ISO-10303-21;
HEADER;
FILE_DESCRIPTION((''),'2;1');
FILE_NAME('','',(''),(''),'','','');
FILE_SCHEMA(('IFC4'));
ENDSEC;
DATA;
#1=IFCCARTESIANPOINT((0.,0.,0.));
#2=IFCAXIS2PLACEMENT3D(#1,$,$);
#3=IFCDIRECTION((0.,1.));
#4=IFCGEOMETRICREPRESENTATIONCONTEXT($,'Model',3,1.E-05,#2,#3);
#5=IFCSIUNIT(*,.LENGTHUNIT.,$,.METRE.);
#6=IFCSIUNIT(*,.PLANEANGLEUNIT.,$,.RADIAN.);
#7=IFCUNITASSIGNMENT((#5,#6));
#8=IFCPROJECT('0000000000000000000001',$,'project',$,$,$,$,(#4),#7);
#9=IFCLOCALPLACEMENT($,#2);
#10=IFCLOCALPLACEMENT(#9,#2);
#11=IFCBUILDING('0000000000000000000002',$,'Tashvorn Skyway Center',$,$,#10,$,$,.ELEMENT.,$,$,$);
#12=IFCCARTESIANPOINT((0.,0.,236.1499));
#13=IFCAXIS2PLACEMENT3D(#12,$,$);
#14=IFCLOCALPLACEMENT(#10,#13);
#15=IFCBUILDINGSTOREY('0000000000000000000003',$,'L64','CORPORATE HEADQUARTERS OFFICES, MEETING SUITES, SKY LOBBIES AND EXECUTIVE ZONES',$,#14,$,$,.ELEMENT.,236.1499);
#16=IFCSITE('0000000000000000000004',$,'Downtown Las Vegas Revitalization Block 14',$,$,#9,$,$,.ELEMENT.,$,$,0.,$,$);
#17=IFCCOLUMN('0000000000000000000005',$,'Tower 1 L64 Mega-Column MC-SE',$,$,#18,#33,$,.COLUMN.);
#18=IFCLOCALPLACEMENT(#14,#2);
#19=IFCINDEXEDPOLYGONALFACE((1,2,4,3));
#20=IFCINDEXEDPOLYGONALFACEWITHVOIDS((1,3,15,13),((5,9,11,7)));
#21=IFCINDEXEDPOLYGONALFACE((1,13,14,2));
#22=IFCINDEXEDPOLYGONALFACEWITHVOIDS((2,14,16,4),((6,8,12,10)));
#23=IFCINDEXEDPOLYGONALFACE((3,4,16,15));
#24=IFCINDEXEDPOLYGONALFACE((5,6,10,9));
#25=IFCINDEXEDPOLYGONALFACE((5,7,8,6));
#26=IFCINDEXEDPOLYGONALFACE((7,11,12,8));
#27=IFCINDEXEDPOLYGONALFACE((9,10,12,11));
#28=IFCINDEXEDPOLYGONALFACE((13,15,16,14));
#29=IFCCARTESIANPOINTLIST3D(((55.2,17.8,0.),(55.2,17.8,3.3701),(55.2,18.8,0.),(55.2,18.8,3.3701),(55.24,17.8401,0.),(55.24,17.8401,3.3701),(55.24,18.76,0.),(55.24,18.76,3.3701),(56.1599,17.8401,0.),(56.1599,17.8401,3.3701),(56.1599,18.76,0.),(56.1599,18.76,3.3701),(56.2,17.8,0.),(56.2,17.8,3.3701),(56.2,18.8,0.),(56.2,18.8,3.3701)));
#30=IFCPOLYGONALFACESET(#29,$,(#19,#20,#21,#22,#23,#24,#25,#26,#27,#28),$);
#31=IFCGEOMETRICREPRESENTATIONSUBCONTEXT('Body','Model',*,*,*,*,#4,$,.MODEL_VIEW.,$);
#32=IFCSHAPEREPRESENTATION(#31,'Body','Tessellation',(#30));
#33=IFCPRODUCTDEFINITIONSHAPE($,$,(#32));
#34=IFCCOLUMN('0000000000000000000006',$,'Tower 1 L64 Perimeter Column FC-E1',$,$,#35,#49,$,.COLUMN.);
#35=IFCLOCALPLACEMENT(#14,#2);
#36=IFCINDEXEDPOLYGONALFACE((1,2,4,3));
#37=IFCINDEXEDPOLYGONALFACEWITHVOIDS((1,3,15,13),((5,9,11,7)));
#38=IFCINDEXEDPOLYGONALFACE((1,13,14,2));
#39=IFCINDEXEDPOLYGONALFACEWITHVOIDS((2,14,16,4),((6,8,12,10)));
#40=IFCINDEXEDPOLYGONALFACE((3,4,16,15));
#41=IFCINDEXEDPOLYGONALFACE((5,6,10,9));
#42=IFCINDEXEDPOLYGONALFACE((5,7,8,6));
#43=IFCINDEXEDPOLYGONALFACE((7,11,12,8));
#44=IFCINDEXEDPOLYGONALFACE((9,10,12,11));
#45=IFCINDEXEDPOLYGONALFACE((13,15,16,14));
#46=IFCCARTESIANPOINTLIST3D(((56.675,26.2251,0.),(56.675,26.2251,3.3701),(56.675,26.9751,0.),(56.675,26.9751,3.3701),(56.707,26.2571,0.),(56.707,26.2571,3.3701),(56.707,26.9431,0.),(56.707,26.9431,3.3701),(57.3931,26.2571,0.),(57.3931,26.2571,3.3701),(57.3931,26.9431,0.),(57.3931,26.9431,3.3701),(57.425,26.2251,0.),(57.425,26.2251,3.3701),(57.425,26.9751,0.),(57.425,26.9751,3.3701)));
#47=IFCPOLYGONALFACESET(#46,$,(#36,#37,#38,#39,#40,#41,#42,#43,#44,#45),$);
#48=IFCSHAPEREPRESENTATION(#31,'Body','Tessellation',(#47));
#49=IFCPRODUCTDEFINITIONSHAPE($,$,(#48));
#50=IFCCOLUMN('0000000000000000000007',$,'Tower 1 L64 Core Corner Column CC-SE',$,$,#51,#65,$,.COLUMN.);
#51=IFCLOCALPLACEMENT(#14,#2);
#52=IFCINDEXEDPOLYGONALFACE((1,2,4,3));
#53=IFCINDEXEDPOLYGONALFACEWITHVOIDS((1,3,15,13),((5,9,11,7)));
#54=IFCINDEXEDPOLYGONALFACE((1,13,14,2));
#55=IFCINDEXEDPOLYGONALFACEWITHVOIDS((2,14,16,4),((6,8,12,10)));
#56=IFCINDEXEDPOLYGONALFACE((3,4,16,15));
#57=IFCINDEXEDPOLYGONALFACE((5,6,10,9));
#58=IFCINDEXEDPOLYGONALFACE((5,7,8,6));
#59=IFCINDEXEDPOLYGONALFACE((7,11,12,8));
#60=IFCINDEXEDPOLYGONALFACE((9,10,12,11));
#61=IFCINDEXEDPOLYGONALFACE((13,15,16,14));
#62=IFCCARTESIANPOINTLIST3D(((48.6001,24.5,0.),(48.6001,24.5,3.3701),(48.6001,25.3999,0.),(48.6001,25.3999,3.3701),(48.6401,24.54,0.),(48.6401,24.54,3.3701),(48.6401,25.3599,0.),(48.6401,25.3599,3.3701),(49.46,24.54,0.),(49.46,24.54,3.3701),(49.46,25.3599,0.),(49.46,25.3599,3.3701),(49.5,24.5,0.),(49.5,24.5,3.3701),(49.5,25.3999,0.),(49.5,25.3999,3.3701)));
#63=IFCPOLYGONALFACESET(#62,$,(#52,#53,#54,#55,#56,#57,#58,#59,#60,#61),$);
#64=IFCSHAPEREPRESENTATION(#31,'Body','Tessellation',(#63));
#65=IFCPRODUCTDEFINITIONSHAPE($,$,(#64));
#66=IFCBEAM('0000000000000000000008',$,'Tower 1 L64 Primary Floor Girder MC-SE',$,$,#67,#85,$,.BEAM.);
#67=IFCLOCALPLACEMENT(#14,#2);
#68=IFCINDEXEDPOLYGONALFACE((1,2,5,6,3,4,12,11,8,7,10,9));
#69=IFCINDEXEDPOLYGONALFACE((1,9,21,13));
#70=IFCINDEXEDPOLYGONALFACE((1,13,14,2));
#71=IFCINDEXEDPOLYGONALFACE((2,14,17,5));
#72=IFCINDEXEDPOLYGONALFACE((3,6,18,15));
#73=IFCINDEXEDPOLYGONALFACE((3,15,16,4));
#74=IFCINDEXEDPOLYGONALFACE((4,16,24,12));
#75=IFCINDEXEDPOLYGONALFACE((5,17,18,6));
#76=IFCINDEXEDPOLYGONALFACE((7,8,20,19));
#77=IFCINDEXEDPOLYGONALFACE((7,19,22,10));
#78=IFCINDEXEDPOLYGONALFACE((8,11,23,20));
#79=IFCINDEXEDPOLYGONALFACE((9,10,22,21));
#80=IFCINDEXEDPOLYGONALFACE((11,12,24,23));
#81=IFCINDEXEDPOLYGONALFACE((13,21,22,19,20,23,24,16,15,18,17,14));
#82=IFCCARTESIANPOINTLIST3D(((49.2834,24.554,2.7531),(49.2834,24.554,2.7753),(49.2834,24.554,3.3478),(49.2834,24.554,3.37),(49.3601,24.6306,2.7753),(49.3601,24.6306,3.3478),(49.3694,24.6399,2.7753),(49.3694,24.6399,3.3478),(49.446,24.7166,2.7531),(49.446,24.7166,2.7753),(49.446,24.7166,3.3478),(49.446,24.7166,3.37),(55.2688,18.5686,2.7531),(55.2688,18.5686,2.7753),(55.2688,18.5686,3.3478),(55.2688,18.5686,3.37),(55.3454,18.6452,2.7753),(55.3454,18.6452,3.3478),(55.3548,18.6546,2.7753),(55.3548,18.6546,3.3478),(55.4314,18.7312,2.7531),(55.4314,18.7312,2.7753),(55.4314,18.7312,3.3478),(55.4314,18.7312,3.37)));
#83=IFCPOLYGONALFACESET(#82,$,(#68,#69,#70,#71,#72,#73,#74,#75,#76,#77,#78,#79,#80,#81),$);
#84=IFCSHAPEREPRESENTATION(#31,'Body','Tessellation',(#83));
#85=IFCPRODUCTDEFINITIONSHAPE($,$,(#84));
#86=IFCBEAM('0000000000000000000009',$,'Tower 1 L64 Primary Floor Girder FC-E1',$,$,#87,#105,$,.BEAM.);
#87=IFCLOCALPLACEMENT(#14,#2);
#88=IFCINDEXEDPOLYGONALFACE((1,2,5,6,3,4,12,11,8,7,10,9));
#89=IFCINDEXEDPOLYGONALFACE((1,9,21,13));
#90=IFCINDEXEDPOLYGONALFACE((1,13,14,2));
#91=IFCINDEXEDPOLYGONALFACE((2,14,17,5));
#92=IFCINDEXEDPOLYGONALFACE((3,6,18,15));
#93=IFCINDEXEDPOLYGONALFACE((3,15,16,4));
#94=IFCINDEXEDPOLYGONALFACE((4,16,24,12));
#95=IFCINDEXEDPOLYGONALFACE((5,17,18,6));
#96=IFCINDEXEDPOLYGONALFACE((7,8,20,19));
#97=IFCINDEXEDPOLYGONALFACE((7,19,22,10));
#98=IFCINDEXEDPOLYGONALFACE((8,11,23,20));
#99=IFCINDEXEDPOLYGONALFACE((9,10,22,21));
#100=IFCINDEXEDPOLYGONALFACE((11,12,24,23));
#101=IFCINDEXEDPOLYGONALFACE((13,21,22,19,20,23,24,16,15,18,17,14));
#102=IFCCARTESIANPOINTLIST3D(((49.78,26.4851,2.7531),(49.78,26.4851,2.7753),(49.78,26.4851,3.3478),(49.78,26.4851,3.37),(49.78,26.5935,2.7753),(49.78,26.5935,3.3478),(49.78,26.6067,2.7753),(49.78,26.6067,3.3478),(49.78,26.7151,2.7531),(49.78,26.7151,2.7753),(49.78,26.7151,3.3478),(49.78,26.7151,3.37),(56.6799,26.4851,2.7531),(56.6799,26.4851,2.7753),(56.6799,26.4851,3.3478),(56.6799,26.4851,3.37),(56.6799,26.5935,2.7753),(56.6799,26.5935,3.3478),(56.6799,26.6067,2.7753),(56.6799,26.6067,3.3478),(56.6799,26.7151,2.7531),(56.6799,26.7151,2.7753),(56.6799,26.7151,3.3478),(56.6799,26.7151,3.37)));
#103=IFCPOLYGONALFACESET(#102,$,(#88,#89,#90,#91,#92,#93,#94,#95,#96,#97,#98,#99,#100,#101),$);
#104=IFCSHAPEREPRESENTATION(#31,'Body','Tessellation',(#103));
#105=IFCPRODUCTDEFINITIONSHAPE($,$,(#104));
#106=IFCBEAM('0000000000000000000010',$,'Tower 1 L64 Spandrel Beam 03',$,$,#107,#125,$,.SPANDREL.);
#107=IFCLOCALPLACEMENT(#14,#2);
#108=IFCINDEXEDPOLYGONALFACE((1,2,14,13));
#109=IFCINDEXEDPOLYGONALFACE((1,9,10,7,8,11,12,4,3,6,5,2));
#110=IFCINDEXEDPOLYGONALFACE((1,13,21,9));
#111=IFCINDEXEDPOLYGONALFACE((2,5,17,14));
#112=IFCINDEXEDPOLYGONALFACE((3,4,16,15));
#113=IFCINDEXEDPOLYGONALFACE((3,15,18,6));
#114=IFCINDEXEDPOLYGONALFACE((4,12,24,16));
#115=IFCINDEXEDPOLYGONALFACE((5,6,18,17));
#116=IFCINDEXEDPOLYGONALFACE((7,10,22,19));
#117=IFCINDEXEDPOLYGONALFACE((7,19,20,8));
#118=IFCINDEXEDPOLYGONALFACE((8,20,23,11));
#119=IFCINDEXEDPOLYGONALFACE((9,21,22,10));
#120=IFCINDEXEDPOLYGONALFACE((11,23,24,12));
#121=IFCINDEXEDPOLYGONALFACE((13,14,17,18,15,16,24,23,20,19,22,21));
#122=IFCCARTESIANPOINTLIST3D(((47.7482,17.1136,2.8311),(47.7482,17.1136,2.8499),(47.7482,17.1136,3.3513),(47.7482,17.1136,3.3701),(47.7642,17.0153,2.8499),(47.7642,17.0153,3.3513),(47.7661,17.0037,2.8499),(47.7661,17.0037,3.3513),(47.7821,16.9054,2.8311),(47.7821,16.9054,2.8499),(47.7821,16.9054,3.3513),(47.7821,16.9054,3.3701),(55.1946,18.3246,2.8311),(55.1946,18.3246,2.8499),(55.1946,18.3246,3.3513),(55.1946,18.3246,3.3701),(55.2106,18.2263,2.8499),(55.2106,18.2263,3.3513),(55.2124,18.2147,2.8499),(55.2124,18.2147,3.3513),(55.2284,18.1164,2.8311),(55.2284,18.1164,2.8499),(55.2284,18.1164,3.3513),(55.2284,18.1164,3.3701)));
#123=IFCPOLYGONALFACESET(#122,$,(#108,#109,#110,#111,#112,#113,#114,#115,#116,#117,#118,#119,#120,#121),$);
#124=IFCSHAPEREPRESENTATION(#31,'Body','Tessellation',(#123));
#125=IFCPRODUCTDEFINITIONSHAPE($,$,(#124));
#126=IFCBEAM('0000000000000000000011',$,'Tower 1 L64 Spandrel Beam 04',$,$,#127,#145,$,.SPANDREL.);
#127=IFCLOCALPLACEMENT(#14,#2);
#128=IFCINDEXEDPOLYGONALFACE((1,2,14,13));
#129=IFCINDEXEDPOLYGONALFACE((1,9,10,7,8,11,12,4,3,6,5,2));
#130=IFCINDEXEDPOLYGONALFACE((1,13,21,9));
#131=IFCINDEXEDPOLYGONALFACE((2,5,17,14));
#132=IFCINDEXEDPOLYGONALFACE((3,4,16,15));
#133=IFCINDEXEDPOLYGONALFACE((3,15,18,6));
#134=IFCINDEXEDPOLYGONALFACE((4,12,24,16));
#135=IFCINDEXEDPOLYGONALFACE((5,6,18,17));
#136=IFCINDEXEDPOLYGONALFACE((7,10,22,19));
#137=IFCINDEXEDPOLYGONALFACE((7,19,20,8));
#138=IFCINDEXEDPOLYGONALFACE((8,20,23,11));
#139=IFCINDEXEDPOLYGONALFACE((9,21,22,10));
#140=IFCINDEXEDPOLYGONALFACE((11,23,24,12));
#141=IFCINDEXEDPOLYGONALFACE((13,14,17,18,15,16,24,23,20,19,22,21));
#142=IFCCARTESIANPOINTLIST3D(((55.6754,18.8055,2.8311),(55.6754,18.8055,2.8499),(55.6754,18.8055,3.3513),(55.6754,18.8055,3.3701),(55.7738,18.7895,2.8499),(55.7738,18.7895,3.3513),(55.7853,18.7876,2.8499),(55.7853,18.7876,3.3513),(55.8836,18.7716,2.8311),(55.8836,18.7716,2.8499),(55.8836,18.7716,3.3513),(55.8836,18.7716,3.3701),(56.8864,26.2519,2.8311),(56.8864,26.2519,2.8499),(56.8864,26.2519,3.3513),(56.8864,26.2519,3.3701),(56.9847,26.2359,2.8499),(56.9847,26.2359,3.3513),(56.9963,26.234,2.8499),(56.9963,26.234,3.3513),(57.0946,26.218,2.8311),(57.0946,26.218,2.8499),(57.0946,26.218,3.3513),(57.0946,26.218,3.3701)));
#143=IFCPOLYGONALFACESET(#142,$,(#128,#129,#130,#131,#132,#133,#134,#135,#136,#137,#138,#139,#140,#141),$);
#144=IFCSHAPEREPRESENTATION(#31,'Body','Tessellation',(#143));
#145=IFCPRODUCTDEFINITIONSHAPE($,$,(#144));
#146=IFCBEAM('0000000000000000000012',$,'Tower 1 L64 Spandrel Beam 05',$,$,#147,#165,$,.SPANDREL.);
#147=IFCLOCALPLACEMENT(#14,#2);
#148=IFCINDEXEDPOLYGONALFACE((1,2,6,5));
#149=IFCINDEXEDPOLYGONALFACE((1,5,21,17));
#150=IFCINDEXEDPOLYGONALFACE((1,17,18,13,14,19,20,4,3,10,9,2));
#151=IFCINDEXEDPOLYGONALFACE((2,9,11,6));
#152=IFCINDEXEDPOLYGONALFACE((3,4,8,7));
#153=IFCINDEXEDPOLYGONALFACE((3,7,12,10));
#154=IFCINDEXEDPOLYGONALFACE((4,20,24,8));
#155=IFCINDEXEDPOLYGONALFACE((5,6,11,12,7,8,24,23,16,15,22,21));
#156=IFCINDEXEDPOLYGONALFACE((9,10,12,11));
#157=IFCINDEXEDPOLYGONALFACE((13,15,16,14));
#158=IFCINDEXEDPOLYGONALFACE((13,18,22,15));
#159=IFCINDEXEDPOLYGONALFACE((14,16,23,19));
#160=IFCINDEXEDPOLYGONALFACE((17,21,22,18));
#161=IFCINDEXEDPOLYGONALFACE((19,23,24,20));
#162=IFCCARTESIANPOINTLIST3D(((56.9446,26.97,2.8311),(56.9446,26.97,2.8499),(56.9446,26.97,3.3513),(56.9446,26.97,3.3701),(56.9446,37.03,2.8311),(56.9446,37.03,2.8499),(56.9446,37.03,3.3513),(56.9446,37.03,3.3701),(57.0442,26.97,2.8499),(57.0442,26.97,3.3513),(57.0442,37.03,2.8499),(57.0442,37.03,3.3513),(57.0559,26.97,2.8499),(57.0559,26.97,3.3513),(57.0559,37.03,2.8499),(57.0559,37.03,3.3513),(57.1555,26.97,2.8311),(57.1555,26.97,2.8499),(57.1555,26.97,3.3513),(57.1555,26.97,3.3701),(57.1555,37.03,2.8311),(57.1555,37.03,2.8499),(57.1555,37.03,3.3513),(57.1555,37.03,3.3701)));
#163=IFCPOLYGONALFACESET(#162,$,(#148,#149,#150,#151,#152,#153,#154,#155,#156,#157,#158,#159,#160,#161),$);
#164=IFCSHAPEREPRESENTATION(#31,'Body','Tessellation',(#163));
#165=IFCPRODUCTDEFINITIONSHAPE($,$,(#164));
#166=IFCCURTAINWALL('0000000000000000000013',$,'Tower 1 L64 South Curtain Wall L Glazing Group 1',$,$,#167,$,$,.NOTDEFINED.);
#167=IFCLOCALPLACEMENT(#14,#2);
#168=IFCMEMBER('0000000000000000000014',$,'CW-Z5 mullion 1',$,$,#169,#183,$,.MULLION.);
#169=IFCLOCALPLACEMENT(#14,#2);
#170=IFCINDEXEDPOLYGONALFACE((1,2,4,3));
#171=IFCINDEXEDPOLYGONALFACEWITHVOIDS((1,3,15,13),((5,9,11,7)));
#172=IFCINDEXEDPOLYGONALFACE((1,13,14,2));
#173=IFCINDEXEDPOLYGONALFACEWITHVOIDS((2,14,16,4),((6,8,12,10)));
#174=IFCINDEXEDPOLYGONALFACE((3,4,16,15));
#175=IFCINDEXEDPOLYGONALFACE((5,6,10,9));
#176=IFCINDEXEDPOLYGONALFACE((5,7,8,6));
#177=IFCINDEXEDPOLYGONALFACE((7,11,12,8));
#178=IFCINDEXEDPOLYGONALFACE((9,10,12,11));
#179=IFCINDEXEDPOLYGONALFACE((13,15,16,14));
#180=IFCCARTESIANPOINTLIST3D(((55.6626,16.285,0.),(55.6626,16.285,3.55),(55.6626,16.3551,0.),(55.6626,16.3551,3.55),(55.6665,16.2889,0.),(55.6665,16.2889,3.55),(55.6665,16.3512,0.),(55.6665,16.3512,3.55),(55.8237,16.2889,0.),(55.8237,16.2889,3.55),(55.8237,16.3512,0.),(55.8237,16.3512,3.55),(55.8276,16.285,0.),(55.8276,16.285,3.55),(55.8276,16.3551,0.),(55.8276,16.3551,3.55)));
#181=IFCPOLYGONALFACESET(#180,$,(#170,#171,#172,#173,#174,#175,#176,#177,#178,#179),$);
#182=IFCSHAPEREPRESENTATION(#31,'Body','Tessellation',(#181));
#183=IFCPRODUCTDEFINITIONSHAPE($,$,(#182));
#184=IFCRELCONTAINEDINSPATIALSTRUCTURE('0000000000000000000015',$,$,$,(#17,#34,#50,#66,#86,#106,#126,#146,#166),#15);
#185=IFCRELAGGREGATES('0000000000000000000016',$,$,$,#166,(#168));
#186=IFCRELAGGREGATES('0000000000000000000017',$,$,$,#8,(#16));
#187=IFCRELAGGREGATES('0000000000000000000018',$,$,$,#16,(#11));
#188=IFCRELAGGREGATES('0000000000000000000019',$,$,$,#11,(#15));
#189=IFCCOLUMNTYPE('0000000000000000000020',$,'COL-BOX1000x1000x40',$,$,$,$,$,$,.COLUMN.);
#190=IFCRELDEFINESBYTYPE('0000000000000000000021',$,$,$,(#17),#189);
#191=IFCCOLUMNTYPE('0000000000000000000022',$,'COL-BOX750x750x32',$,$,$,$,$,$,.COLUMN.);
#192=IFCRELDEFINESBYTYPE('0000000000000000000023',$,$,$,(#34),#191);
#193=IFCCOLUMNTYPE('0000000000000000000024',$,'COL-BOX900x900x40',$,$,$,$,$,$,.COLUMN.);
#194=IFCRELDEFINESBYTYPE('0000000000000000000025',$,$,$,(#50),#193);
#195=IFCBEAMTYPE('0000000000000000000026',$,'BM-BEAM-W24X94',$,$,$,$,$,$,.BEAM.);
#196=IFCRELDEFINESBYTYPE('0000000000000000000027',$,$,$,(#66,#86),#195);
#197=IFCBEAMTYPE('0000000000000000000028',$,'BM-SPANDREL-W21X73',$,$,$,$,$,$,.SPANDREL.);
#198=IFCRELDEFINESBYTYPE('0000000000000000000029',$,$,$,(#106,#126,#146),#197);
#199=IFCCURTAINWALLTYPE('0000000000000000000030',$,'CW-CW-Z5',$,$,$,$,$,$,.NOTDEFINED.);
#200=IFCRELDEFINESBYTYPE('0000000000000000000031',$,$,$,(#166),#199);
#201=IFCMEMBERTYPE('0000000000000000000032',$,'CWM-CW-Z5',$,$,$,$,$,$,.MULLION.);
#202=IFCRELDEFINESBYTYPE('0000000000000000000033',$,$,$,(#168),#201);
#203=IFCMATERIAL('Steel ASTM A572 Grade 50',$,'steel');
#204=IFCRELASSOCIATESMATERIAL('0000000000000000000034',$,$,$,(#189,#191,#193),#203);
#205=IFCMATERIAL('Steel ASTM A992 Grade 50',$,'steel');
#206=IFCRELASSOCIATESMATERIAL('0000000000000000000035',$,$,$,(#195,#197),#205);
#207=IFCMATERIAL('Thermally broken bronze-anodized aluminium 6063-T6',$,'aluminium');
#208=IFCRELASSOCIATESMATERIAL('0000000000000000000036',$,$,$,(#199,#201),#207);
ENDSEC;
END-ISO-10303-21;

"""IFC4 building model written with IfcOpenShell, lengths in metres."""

from ifc_helpers import new_model, si_unit, direction, frame, origin, origin_2d, place, context, subcontext, project, spatial, hollow_rectangle, i_section, extrude, material, material_profile, profile_set, type_object, element, aggregate, save


model = new_model("IFC4")

# Units and contexts
model_context = context("Model", 3, precision=1e-05, world=origin(), true_north=direction((0.0, 1.0)))
body_context = subcontext(model_context, "Body", "Model", "MODEL_VIEW")
ifc_project = project(units=[si_unit("LENGTHUNIT", "METRE"), si_unit("PLANEANGLEUNIT", "RADIAN")], contexts=[model_context])

# Site, building, storey
site_placement = place(None, origin())
site = spatial("IfcSite", under=ifc_project, at=site_placement, Name="Downtown Las Vegas Revitalization Block 14", CompositionType="ELEMENT", RefElevation=0.0)
building_placement = place(site_placement, origin())
building = spatial("IfcBuilding", under=site, at=building_placement, Name="Tashvorn Skyway Center", CompositionType="ELEMENT")
storey_placement = place(building_placement, frame((0.0, 0.0, 236.1499)))
storey = spatial("IfcBuildingStorey", under=building, at=storey_placement, Name="L64", Description="CORPORATE HEADQUARTERS OFFICES, MEETING SUITES, SKY LOBBIES AND EXECUTIVE ZONES", CompositionType="ELEMENT", Elevation=236.1499)

# Columns
ifc_material_1 = material(Name="Steel ASTM A572 Grade 50", Category="steel")
ifc_material_profile_1 = material_profile(ifc_material_1, hollow_rectangle(XDim=1.0, YDim=1.0, WallThickness=0.04, at=origin_2d()), Name="BOX1000x1000x40")
ifc_profile_set_1 = profile_set([ifc_material_profile_1], Name="Steel ASTM A572 Grade 50")
column_type_1 = type_object("IfcColumnType", Name="COL-BOX1000x1000x40", PredefinedType="COLUMN", material=ifc_profile_set_1)
column_1_placement = place(storey_placement, frame((55.7, 18.3, 0.0), z_axis=(0.0, 0.0, 1.0), x_axis=(1.0, 0.0, 0.0)))
element("IfcColumn", 1, at=column_1_placement, inside=storey, type_object=column_type_1, Name="Tower 1 L64 Mega-Column MC-SE", PredefinedType="COLUMN", context=body_context, shape_type="SweptSolid", body=[
    extrude(hollow_rectangle(XDim=1.0, YDim=1.0, WallThickness=0.04, at=origin_2d()), origin(), (0.0, 0.0, 1.0), 3.3701),
])
ifc_material_profile_2 = material_profile(ifc_material_1, hollow_rectangle(XDim=0.75, YDim=0.75, WallThickness=0.032, at=origin_2d()), Name="BOX750x750x32")
ifc_profile_set_2 = profile_set([ifc_material_profile_2], Name="Steel ASTM A572 Grade 50")
column_type_2 = type_object("IfcColumnType", Name="COL-BOX750x750x32", PredefinedType="COLUMN", material=ifc_profile_set_2)
column_2_placement = place(storey_placement, frame((57.05, 26.6001, 0.0), z_axis=(0.0, 0.0, 1.0), x_axis=(1.0, 0.0, 0.0)))
element("IfcColumn", 2, at=column_2_placement, inside=storey, type_object=column_type_2, Name="Tower 1 L64 Perimeter Column FC-E1", PredefinedType="COLUMN", context=body_context, shape_type="SweptSolid", body=[
    extrude(hollow_rectangle(XDim=0.75, YDim=0.75, WallThickness=0.032, at=origin_2d()), origin(), (0.0, 0.0, 1.0), 3.3701),
])
ifc_material_profile_3 = material_profile(ifc_material_1, hollow_rectangle(XDim=0.8999, YDim=0.8999, WallThickness=0.04, at=origin_2d()), Name="BOX900x900x40")
ifc_profile_set_3 = profile_set([ifc_material_profile_3], Name="Steel ASTM A572 Grade 50")
column_type_3 = type_object("IfcColumnType", Name="COL-BOX900x900x40", PredefinedType="COLUMN", material=ifc_profile_set_3)
column_3_placement = place(storey_placement, frame((49.05, 24.95, 0.0), z_axis=(0.0, 0.0, 1.0), x_axis=(1.0, 0.0, 0.0)))
element("IfcColumn", 3, at=column_3_placement, inside=storey, type_object=column_type_3, Name="Tower 1 L64 Core Corner Column CC-SE", PredefinedType="COLUMN", context=body_context, shape_type="SweptSolid", body=[
    extrude(hollow_rectangle(XDim=0.8999, YDim=0.8999, WallThickness=0.04, at=origin_2d()), origin(), (0.0, 0.0, 1.0), 3.3701),
])

# Beams
ifc_material_2 = material(Name="Steel ASTM A992 Grade 50", Category="steel")
ifc_material_profile_4 = material_profile(ifc_material_2, i_section(OverallWidth=0.23, OverallDepth=0.6169, WebThickness=0.0132, FlangeThickness=0.0222, at=origin_2d()), Name="W24X94")
ifc_profile_set_4 = profile_set([ifc_material_profile_4], Name="Steel ASTM A992 Grade 50")
beam_type_1 = type_object("IfcBeamType", Name="BM-BEAM-W24X94", PredefinedType="BEAM", material=ifc_profile_set_4)
beam_1_placement = place(storey_placement, frame((55.3501, 18.6499, 3.0615), z_axis=(-0.707107, 0.707107, 0.0), x_axis=(-0.707107, -0.707107, 0.0)))
element("IfcBeam", 4, at=beam_1_placement, inside=storey, type_object=beam_type_1, Name="Tower 1 L64 Primary Floor Girder MC-SE", PredefinedType="BEAM", context=body_context, shape_type="SweptSolid", body=[
    extrude(i_section(OverallWidth=0.23, OverallDepth=0.6169, WebThickness=0.0132, FlangeThickness=0.0222, at=origin_2d()), origin(), (0.0, 0.0, 1.0), 8.4646),
])
beam_2_placement = place(storey_placement, frame((56.6799, 26.6001, 3.0615), z_axis=(-1.0, 0.0, 0.0), x_axis=(0.0, -1.0, 0.0)))
element("IfcBeam", 5, at=beam_2_placement, inside=storey, type_object=beam_type_1, Name="Tower 1 L64 Primary Floor Girder FC-E1", PredefinedType="BEAM", context=body_context, shape_type="SweptSolid", body=[
    extrude(i_section(OverallWidth=0.23, OverallDepth=0.6169, WebThickness=0.0132, FlangeThickness=0.0222, at=origin_2d()), origin(), (0.0, 0.0, 1.0), 6.8999),
])
ifc_material_profile_5 = material_profile(ifc_material_2, i_section(OverallWidth=0.2109, OverallDepth=0.5391, WebThickness=0.0117, FlangeThickness=0.0188, at=origin_2d()), Name="W21X73")
ifc_profile_set_5 = profile_set([ifc_material_profile_5], Name="Steel ASTM A992 Grade 50")
beam_type_2 = type_object("IfcBeamType", Name="BM-SPANDREL-W21X73", PredefinedType="SPANDREL", material=ifc_profile_set_5)
for number, where, z_axis, x_axis, name in (
    (6, (47.7651, 17.0095, 3.1006), (0.987034, 0.160514, 0.0), (-0.160514, 0.987034, 0.0), "Tower 1 L64 Spandrel Beam 03"),
    (7, (55.7795, 18.7886, 3.1006), (0.160514, 0.987034, 0.0), (-0.987034, 0.160514, 0.0), "Tower 1 L64 Spandrel Beam 04"),
):
    element("IfcBeam", number, at=place(storey_placement, frame(where, z_axis=z_axis, x_axis=x_axis)), inside=storey, type_object=beam_type_2, Name=name, PredefinedType="SPANDREL", context=body_context, shape_type="SweptSolid", body=[
        extrude(i_section(OverallWidth=0.2109, OverallDepth=0.5391, WebThickness=0.0117, FlangeThickness=0.0188, at=origin_2d()), origin(), (0.0, 0.0, 1.0), 7.5442),
    ])
beam_3_placement = place(storey_placement, frame((57.05, 26.97, 3.1006), z_axis=(0.0, 1.0, 0.0), x_axis=(-1.0, 0.0, 0.0)))
element("IfcBeam", 8, at=beam_3_placement, inside=storey, type_object=beam_type_2, Name="Tower 1 L64 Spandrel Beam 05", PredefinedType="SPANDREL", context=body_context, shape_type="SweptSolid", body=[
    extrude(i_section(OverallWidth=0.2109, OverallDepth=0.5391, WebThickness=0.0117, FlangeThickness=0.0188, at=origin_2d()), origin(), (0.0, 0.0, 1.0), 10.0601),
])

# Curtain wall, member
ifc_material_3 = material(Name="Thermally broken bronze-anodized aluminium 6063-T6", Category="aluminium")
curtain_wall_type = type_object("IfcCurtainWallType", Name="CW-CW-Z5", PredefinedType="NOTDEFINED", material=ifc_material_3)
curtain_wall_1_placement = place(storey_placement, origin())
curtain_wall_1 = element("IfcCurtainWall", 9, at=curtain_wall_1_placement, inside=storey, type_object=curtain_wall_type, Name="Tower 1 L64 South Curtain Wall L Glazing Group 1", PredefinedType="NOTDEFINED")
ifc_material_profile_6 = material_profile(ifc_material_3, hollow_rectangle(XDim=0.0701, YDim=0.165, WallThickness=0.0039, at=origin_2d()), Name="ALU-MULL-70x165")
ifc_profile_set_6 = profile_set([ifc_material_profile_6], Name="Thermally broken bronze-anodized aluminium 6063-T6")
member_type_1 = type_object("IfcMemberType", Name="CWM-CW-Z5", PredefinedType="MULLION", material=ifc_profile_set_6)
member_1_placement = place(storey_placement, frame((55.7451, 16.3201, 0.0), z_axis=(0.0, 0.0, 1.0), x_axis=(0.0, -1.0, 0.0)))
member_1 = element("IfcMember", 10, at=member_1_placement, type_object=member_type_1, Name="CW-Z5 mullion 1", PredefinedType="MULLION", context=body_context, shape_type="SweptSolid", body=[
    extrude(hollow_rectangle(XDim=0.0701, YDim=0.165, WallThickness=0.0039, at=origin_2d()), origin(), (0.0, 0.0, 1.0), 3.55),
])

aggregate(curtain_wall_1, [member_1])

save(model, "model.ifc")
